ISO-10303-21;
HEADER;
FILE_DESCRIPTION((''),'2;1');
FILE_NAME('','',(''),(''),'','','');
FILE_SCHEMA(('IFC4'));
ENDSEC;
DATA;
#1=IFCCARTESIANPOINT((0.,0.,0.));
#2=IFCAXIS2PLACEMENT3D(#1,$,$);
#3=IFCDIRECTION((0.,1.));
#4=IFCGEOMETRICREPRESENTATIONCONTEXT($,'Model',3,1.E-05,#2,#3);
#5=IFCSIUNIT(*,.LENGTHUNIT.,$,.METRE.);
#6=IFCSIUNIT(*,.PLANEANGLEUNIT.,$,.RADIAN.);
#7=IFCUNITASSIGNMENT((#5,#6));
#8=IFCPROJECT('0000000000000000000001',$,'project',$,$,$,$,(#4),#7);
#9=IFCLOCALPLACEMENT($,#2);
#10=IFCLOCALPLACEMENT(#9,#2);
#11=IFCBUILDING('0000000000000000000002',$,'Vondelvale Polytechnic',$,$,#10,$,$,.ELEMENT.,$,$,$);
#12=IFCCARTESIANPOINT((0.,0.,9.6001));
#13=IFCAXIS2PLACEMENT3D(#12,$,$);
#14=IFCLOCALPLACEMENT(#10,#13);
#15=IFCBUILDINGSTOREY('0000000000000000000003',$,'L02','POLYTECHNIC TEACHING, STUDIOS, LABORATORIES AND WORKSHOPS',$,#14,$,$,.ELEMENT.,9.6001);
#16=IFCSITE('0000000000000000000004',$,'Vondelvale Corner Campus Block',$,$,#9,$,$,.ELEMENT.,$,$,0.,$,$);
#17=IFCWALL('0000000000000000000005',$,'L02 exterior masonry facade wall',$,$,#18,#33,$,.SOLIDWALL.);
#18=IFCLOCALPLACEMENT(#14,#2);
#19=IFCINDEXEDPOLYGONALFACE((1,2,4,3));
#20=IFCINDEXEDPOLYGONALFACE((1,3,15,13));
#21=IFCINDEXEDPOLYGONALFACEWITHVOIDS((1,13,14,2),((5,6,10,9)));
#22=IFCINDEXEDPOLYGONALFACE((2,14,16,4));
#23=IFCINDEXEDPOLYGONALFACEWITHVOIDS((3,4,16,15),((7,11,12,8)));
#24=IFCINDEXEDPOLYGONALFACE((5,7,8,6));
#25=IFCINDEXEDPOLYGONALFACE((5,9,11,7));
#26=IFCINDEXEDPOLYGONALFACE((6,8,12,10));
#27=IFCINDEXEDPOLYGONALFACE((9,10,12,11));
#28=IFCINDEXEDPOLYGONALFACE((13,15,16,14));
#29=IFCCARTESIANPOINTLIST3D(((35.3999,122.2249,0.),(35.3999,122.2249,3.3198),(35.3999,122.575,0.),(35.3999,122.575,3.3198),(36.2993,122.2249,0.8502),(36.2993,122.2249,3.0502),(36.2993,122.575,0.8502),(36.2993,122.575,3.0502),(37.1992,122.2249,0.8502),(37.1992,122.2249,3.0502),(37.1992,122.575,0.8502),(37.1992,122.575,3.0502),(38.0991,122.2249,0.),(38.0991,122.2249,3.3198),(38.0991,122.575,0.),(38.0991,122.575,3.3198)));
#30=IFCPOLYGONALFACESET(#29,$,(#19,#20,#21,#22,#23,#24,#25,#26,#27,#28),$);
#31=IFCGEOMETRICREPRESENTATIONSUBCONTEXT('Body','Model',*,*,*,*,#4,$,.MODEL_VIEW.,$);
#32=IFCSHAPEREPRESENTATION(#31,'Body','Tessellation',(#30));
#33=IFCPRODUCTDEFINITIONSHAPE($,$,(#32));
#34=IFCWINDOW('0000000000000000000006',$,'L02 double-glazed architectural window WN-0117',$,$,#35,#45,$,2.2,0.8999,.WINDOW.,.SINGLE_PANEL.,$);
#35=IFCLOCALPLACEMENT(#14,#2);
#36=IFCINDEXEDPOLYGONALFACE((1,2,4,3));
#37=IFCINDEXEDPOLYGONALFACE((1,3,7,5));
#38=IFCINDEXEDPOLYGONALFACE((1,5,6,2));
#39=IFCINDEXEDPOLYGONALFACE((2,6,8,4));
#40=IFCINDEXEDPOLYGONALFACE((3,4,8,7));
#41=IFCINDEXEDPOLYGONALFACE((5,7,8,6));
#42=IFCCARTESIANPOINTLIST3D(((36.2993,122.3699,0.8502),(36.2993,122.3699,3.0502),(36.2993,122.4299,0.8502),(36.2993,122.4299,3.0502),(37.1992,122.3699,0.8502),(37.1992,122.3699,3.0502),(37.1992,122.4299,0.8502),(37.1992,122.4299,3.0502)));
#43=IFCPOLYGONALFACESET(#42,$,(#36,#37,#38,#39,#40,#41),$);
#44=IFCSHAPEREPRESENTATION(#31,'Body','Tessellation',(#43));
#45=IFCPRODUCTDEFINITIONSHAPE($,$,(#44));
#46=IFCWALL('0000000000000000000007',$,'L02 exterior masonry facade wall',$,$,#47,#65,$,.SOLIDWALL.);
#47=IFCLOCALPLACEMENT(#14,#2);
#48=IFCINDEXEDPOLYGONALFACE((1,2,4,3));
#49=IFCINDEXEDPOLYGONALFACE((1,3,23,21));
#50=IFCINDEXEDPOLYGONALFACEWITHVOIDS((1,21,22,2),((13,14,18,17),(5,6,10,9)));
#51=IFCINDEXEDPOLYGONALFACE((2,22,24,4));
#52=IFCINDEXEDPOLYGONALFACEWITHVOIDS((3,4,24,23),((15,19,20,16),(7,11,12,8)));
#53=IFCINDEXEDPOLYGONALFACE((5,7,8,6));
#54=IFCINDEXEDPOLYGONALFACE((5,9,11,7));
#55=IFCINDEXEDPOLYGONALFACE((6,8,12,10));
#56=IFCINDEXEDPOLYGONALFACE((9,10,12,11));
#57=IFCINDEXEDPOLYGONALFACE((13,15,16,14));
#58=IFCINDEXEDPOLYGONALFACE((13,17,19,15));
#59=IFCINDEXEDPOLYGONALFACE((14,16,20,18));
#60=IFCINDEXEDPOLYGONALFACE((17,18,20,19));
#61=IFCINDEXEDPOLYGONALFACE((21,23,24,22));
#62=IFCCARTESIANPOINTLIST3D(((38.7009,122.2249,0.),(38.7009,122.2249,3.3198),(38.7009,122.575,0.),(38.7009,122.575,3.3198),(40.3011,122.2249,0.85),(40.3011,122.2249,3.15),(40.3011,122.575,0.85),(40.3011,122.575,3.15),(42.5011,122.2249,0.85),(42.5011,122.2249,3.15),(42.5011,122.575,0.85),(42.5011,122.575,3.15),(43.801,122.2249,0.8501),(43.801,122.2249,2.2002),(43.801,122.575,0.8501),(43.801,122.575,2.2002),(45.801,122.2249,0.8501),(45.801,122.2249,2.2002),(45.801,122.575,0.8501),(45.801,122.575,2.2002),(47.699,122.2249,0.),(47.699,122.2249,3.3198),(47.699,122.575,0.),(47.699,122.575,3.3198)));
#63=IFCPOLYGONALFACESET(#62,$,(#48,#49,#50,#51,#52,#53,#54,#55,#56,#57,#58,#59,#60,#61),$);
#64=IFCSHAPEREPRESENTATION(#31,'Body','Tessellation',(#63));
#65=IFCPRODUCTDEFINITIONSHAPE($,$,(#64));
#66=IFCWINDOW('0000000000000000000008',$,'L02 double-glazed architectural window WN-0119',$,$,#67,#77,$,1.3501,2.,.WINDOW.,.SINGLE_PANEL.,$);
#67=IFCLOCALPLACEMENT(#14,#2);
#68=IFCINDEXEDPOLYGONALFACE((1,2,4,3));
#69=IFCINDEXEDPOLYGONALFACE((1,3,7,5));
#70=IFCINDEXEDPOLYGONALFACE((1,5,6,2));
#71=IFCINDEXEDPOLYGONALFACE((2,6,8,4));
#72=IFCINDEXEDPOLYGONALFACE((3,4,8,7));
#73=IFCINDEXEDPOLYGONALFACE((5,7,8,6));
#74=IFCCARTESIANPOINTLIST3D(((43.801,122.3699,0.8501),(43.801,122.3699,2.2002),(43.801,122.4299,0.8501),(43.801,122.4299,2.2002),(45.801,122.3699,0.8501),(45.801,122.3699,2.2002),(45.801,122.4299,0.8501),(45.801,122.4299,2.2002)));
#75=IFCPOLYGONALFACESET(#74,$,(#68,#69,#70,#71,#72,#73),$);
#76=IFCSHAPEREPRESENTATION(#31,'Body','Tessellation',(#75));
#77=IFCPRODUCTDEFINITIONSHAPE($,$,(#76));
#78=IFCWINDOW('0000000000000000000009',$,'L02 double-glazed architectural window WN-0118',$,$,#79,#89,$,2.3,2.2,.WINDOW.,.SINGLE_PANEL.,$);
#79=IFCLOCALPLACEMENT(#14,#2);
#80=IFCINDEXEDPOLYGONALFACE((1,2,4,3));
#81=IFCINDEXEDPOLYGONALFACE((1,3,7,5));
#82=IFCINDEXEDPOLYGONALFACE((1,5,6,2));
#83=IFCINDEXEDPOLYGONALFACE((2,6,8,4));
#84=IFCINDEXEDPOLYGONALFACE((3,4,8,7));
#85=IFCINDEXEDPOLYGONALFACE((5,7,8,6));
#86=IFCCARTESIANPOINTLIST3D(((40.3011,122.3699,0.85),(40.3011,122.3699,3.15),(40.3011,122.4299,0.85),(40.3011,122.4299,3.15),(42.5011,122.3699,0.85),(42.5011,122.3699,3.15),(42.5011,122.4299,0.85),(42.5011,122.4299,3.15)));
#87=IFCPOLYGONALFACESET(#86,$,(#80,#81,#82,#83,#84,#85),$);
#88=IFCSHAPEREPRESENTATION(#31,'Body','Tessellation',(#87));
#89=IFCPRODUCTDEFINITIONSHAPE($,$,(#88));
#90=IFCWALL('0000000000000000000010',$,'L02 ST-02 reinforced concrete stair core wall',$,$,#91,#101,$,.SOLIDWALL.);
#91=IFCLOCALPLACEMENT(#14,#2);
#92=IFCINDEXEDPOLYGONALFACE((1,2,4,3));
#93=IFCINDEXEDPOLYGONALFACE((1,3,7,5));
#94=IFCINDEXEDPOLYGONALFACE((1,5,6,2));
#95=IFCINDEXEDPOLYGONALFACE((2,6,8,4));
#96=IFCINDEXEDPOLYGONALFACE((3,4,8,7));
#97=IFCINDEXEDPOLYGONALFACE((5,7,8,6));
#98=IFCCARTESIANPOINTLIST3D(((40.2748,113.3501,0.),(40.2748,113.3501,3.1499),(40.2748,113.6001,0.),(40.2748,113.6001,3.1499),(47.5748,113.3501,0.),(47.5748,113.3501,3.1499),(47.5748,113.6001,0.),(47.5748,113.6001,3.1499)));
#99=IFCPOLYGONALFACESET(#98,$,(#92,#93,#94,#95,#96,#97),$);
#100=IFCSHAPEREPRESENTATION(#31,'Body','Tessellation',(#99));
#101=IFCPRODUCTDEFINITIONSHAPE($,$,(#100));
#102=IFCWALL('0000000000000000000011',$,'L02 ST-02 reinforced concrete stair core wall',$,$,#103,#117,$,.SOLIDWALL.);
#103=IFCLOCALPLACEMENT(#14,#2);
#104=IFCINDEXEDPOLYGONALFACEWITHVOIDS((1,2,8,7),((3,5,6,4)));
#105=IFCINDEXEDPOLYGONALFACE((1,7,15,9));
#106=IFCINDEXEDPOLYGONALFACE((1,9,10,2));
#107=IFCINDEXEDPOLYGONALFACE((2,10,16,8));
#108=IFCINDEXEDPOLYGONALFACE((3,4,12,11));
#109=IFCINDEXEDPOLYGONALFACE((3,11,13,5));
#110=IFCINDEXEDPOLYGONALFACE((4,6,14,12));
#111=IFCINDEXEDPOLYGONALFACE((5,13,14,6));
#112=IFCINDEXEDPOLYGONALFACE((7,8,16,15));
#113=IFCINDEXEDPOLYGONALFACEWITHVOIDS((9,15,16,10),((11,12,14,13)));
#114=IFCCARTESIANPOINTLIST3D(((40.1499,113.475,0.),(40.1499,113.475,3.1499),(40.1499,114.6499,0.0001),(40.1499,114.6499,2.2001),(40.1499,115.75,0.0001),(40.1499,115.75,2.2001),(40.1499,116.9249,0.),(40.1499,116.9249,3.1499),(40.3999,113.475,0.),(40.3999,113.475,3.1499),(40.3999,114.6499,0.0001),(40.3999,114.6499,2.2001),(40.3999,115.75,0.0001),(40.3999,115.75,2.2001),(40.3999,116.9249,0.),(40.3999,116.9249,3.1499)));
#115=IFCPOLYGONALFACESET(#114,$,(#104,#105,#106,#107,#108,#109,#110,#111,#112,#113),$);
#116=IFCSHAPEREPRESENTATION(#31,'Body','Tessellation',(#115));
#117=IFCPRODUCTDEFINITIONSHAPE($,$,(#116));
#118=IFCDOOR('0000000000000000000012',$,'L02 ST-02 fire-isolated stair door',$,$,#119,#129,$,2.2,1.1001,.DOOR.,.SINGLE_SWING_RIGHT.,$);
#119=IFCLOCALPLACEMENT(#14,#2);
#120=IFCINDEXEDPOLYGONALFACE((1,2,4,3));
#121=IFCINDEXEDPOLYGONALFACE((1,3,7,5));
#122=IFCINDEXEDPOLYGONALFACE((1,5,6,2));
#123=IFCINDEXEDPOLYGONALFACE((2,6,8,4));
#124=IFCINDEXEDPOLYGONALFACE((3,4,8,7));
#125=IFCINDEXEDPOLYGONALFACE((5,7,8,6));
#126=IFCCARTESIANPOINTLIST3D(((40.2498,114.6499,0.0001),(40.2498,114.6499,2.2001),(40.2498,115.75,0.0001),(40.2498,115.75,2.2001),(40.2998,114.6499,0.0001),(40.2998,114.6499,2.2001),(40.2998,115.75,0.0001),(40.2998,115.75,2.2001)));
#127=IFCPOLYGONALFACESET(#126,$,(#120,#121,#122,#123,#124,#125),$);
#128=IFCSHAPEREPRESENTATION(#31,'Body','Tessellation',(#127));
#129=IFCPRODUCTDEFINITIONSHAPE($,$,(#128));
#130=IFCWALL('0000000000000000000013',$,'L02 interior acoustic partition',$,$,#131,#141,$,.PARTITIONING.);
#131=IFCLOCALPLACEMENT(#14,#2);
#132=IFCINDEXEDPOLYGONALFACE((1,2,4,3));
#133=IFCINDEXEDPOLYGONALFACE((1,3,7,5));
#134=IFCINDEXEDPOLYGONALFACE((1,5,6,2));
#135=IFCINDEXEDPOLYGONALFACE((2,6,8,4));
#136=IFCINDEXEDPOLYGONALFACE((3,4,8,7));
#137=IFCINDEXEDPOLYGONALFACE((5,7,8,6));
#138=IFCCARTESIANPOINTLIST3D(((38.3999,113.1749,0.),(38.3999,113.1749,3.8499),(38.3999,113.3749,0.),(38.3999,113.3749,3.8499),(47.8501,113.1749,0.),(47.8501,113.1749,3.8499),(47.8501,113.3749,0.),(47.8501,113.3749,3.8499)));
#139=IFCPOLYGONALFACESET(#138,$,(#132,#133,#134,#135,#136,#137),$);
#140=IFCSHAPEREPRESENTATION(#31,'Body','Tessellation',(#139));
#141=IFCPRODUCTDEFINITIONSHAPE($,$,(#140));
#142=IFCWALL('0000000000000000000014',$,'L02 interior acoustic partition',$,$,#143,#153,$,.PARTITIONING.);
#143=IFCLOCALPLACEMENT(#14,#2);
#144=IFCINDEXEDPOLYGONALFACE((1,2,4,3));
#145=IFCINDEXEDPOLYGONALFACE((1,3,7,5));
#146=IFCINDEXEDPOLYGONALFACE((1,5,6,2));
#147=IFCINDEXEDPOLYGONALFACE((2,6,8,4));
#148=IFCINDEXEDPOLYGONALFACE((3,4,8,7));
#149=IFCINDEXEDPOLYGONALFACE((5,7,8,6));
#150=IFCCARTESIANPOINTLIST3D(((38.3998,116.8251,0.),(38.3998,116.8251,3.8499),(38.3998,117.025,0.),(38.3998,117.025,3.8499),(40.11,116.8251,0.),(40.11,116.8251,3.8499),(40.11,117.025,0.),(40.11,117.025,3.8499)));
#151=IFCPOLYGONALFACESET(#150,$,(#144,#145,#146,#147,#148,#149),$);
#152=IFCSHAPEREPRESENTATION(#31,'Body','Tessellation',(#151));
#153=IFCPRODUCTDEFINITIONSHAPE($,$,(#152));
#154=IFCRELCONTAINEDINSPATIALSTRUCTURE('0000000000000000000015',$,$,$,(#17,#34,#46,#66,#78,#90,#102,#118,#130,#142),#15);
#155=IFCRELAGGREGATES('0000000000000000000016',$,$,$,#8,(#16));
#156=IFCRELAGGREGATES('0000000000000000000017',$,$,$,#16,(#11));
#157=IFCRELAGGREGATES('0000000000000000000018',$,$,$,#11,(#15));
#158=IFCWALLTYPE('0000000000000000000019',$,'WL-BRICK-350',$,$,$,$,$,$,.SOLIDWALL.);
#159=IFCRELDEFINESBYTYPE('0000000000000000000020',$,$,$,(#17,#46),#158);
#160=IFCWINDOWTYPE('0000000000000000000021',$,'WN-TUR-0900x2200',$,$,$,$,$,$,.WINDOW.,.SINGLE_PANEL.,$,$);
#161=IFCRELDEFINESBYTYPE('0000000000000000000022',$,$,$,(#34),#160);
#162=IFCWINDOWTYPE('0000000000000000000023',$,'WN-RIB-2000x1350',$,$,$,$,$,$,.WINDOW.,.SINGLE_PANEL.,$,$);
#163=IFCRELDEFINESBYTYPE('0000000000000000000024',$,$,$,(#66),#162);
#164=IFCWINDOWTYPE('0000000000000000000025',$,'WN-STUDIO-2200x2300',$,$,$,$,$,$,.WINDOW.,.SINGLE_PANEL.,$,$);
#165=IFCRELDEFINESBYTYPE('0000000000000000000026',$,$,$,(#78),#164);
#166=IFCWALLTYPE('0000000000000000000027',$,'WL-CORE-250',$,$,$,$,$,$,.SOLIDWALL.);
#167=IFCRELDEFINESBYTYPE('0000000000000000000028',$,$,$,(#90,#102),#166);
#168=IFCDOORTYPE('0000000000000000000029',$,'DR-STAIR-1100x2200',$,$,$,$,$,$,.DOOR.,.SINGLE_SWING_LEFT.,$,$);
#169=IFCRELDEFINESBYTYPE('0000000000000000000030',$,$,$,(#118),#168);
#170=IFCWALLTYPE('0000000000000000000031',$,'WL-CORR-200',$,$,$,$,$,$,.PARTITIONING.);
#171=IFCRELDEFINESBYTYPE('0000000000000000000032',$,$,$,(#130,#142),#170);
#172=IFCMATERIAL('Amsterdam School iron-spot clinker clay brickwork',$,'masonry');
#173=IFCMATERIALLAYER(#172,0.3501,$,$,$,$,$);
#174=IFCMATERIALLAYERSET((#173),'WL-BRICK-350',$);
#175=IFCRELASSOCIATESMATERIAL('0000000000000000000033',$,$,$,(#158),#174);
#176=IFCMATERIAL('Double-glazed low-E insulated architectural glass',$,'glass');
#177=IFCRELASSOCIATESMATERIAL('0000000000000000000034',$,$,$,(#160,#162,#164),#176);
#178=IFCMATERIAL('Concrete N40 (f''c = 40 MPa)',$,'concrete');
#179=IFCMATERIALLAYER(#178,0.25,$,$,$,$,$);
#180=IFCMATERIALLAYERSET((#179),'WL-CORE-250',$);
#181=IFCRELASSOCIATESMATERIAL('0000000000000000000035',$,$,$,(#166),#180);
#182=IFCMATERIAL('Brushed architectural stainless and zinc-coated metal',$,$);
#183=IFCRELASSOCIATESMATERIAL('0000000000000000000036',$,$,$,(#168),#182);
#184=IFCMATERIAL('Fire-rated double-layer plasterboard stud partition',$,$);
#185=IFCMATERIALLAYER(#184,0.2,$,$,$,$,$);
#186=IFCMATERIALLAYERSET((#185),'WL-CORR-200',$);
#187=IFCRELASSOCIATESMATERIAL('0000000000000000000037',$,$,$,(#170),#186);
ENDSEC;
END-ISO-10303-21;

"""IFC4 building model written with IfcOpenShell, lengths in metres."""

from ifc_helpers import new_model, si_unit, direction, frame, frame_2d, origin, place, context, subcontext, project, spatial, rectangle, extrude, material, layer, layer_set, type_object, element, fill, save


model = new_model("IFC4")

# Units and contexts
model_context = context("Model", 3, precision=1e-05, world=origin(), true_north=direction((0.0, 1.0)))
body_context = subcontext(model_context, "Body", "Model", "MODEL_VIEW")
ifc_project = project(units=[si_unit("LENGTHUNIT", "METRE"), si_unit("PLANEANGLEUNIT", "RADIAN")], contexts=[model_context])

# Site, building, storey
site_placement = place(None, origin())
site = spatial("IfcSite", under=ifc_project, at=site_placement, Name="Vondelvale Corner Campus Block", CompositionType="ELEMENT", RefElevation=0.0)
building_placement = place(site_placement, origin())
building = spatial("IfcBuilding", under=site, at=building_placement, Name="Vondelvale Polytechnic", CompositionType="ELEMENT")
storey_placement = place(building_placement, frame((0.0, 0.0, 9.6001)))
storey = spatial("IfcBuildingStorey", under=building, at=storey_placement, Name="L02", Description="POLYTECHNIC TEACHING, STUDIOS, LABORATORIES AND WORKSHOPS", CompositionType="ELEMENT", Elevation=9.6001)

# Wall, opening, window
ifc_material_1 = material(Name="Amsterdam School iron-spot clinker clay brickwork", Category="masonry")
ifc_layer_1 = layer(ifc_material_1, 0.3501)
ifc_layer_set_1 = layer_set([ifc_layer_1], Name="WL-BRICK-350")
wall_type_1 = type_object("IfcWallType", Name="WL-BRICK-350", PredefinedType="SOLIDWALL", material=ifc_layer_set_1)
ifc_material_2 = material(Name="Double-glazed low-E insulated architectural glass", Category="glass")
wall_1_placement = place(storey_placement, frame((35.3999, 122.3999, 0.0), z_axis=(0.0, 0.0, 1.0), x_axis=(1.0, 0.0, 0.0)))
wall_1 = element("IfcWall", 1, at=wall_1_placement, inside=storey, type_object=wall_type_1, Name="L02 exterior masonry facade wall", PredefinedType="SOLIDWALL", context=body_context, shape_type="SweptSolid", body=[
    extrude(rectangle(XDim=2.6992, YDim=0.3501, at=frame_2d((1.3496, 0.0))), origin(), (0.0, 0.0, 1.0), 3.3198),
])
opening_1_placement = place(wall_1_placement, frame((0.8994, 0.0, 0.8501)))
opening_1 = element("IfcOpeningElement", 2, at=opening_1_placement, cuts=wall_1, PredefinedType="OPENING", context=body_context, shape_type="SweptSolid", body=[
    extrude(rectangle(XDim=0.8999, YDim=2.2, at=frame_2d((0.45, 1.1001))), frame((0.0, 0.1851, 0.0), z_axis=(0.0, -1.0, 0.0), x_axis=(1.0, 0.0, 0.0)), (0.0, 0.0, 1.0), 0.3701),
])
window_type_1 = type_object("IfcWindowType", Name="WN-TUR-0900x2200", PartitioningType="SINGLE_PANEL", PredefinedType="WINDOW", material=ifc_material_2)
window_1_placement = place(opening_1_placement, origin())
window_1 = element("IfcWindow", 3, at=window_1_placement, inside=storey, type_object=window_type_1, Name="L02 double-glazed architectural window WN-0117", OverallHeight=2.2, OverallWidth=0.8999, PartitioningType="SINGLE_PANEL", PredefinedType="WINDOW", context=body_context, shape_type="SweptSolid", body=[
    extrude(rectangle(XDim=0.8999, YDim=2.2, at=frame_2d((0.45, 1.1001))), frame((0.0, 0.03, 0.0), z_axis=(0.0, -1.0, 0.0), x_axis=(1.0, 0.0, 0.0)), (0.0, 0.0, 1.0), 0.0601),
])
fill(opening_1, window_1)

# Wall, openings, windows
wall_2_placement = place(storey_placement, frame((38.7009, 122.3999, 0.0), z_axis=(0.0, 0.0, 1.0), x_axis=(1.0, 0.0, 0.0)))
wall_2 = element("IfcWall", 4, at=wall_2_placement, inside=storey, type_object=wall_type_1, Name="L02 exterior masonry facade wall", PredefinedType="SOLIDWALL", context=body_context, shape_type="SweptSolid", body=[
    extrude(rectangle(XDim=8.998, YDim=0.3501, at=frame_2d((4.499, 0.0))), origin(), (0.0, 0.0, 1.0), 3.3198),
])
opening_2_placement = place(wall_2_placement, frame((1.6001, 0.0, 0.8501)))
opening_2 = element("IfcOpeningElement", 5, at=opening_2_placement, cuts=wall_2, PredefinedType="OPENING", context=body_context, shape_type="SweptSolid", body=[
    extrude(rectangle(XDim=2.2, YDim=2.3, at=frame_2d((1.1001, 1.1499))), frame((0.0, 0.1851, 0.0), z_axis=(0.0, -1.0, 0.0), x_axis=(1.0, 0.0, 0.0)), (0.0, 0.0, 1.0), 0.3701),
])
opening_3_placement = place(wall_2_placement, frame((5.1001, 0.0, 0.8501)))
opening_3 = element("IfcOpeningElement", 6, at=opening_3_placement, cuts=wall_2, PredefinedType="OPENING", context=body_context, shape_type="SweptSolid", body=[
    extrude(rectangle(XDim=2.0, YDim=1.3501, at=frame_2d((1.0, 0.675))), frame((0.0, 0.1851, 0.0), z_axis=(0.0, -1.0, 0.0), x_axis=(1.0, 0.0, 0.0)), (0.0, 0.0, 1.0), 0.3701),
])
window_type_2 = type_object("IfcWindowType", Name="WN-RIB-2000x1350", PartitioningType="SINGLE_PANEL", PredefinedType="WINDOW", material=ifc_material_2)
window_2_placement = place(opening_3_placement, origin())
window_2 = element("IfcWindow", 7, at=window_2_placement, inside=storey, type_object=window_type_2, Name="L02 double-glazed architectural window WN-0119", OverallHeight=1.3501, OverallWidth=2.0, PartitioningType="SINGLE_PANEL", PredefinedType="WINDOW", context=body_context, shape_type="SweptSolid", body=[
    extrude(rectangle(XDim=2.0, YDim=1.3501, at=frame_2d((1.0, 0.675))), frame((0.0, 0.03, 0.0), z_axis=(0.0, -1.0, 0.0), x_axis=(1.0, 0.0, 0.0)), (0.0, 0.0, 1.0), 0.0601),
])
fill(opening_3, window_2)
window_type_3 = type_object("IfcWindowType", Name="WN-STUDIO-2200x2300", PartitioningType="SINGLE_PANEL", PredefinedType="WINDOW", material=ifc_material_2)
window_3_placement = place(opening_2_placement, origin())
window_3 = element("IfcWindow", 8, at=window_3_placement, inside=storey, type_object=window_type_3, Name="L02 double-glazed architectural window WN-0118", OverallHeight=2.3, OverallWidth=2.2, PartitioningType="SINGLE_PANEL", PredefinedType="WINDOW", context=body_context, shape_type="SweptSolid", body=[
    extrude(rectangle(XDim=2.2, YDim=2.3, at=frame_2d((1.1001, 1.1499))), frame((0.0, 0.03, 0.0), z_axis=(0.0, -1.0, 0.0), x_axis=(1.0, 0.0, 0.0)), (0.0, 0.0, 1.0), 0.0601),
])
fill(opening_2, window_3)

# Wall
ifc_material_3 = material(Name="Concrete N40 (f'c = 40 MPa)", Category="concrete")
ifc_layer_2 = layer(ifc_material_3, 0.25)
ifc_layer_set_2 = layer_set([ifc_layer_2], Name="WL-CORE-250")
wall_type_2 = type_object("IfcWallType", Name="WL-CORE-250", PredefinedType="SOLIDWALL", material=ifc_layer_set_2)
wall_3_placement = place(storey_placement, frame((40.2749, 113.4751, 0.0), z_axis=(0.0, 0.0, 1.0), x_axis=(1.0, 0.0, 0.0)))
element("IfcWall", 9, at=wall_3_placement, inside=storey, type_object=wall_type_2, Name="L02 ST-02 reinforced concrete stair core wall", PredefinedType="SOLIDWALL", context=body_context, shape_type="SweptSolid", body=[
    extrude(rectangle(XDim=7.3, YDim=0.25, at=frame_2d((3.6499, 0.0))), origin(), (0.0, 0.0, 1.0), 3.1499),
])

# Wall, opening, door
wall_4_placement = place(storey_placement, frame((40.2749, 116.925, 0.0), z_axis=(0.0, 0.0, 1.0), x_axis=(0.0, -1.0, 0.0)))
wall_4 = element("IfcWall", 10, at=wall_4_placement, inside=storey, type_object=wall_type_2, Name="L02 ST-02 reinforced concrete stair core wall", PredefinedType="SOLIDWALL", context=body_context, shape_type="SweptSolid", body=[
    extrude(rectangle(XDim=3.45, YDim=0.25, at=frame_2d((1.7251, 0.0))), origin(), (0.0, 0.0, 1.0), 3.1499),
])
opening_4_placement = place(wall_4_placement, frame((1.175, 0.0, 0.0)))
opening_4 = element("IfcOpeningElement", 11, at=opening_4_placement, cuts=wall_4, PredefinedType="OPENING", context=body_context, shape_type="SweptSolid", body=[
    extrude(rectangle(XDim=1.1001, YDim=2.2, at=frame_2d((0.55, 1.1001))), frame((0.0, 0.135, 0.0), z_axis=(0.0, -1.0, 0.0), x_axis=(1.0, 0.0, 0.0)), (0.0, 0.0, 1.0), 0.27),
])
ifc_material_4 = material(Name="Brushed architectural stainless and zinc-coated metal")
door_type_1 = type_object("IfcDoorType", Name="DR-STAIR-1100x2200", OperationType="SINGLE_SWING_LEFT", PredefinedType="DOOR", material=ifc_material_4)
door_1_placement = place(opening_4_placement, origin())
door_1 = element("IfcDoor", 12, at=door_1_placement, inside=storey, type_object=door_type_1, Name="L02 ST-02 fire-isolated stair door", OperationType="SINGLE_SWING_RIGHT", OverallHeight=2.2, OverallWidth=1.1001, PredefinedType="DOOR", context=body_context, shape_type="SweptSolid", body=[
    extrude(rectangle(XDim=1.1001, YDim=2.2, at=frame_2d((0.55, 1.1001))), frame((0.0, 0.0249, 0.0), z_axis=(0.0, -1.0, 0.0), x_axis=(1.0, 0.0, 0.0)), (0.0, 0.0, 1.0), 0.05),
])
fill(opening_4, door_1)

# Walls
ifc_material_5 = material(Name="Fire-rated double-layer plasterboard stud partition")
ifc_layer_3 = layer(ifc_material_5, 0.2)
ifc_layer_set_3 = layer_set([ifc_layer_3], Name="WL-CORR-200")
wall_type_3 = type_object("IfcWallType", Name="WL-CORR-200", PredefinedType="PARTITIONING", material=ifc_layer_set_3)
wall_5_placement = place(storey_placement, frame((38.3999, 113.2749, 0.0), z_axis=(0.0, 0.0, 1.0), x_axis=(1.0, 0.0, 0.0)))
element("IfcWall", 13, at=wall_5_placement, inside=storey, type_object=wall_type_3, Name="L02 interior acoustic partition", PredefinedType="PARTITIONING", context=body_context, shape_type="SweptSolid", body=[
    extrude(rectangle(XDim=9.4502, YDim=0.2, at=frame_2d((4.7251, 0.0))), origin(), (0.0, 0.0, 1.0), 3.8499),
])
wall_6_placement = place(storey_placement, frame((38.3999, 116.925, 0.0), z_axis=(0.0, 0.0, 1.0), x_axis=(1.0, 0.0, 0.0)))
element("IfcWall", 14, at=wall_6_placement, inside=storey, type_object=wall_type_3, Name="L02 interior acoustic partition", PredefinedType="PARTITIONING", context=body_context, shape_type="SweptSolid", body=[
    extrude(rectangle(XDim=1.7102, YDim=0.2, at=frame_2d((0.855, 0.0))), origin(), (0.0, 0.0, 1.0), 3.8499),
])

save(model, "model.ifc")
